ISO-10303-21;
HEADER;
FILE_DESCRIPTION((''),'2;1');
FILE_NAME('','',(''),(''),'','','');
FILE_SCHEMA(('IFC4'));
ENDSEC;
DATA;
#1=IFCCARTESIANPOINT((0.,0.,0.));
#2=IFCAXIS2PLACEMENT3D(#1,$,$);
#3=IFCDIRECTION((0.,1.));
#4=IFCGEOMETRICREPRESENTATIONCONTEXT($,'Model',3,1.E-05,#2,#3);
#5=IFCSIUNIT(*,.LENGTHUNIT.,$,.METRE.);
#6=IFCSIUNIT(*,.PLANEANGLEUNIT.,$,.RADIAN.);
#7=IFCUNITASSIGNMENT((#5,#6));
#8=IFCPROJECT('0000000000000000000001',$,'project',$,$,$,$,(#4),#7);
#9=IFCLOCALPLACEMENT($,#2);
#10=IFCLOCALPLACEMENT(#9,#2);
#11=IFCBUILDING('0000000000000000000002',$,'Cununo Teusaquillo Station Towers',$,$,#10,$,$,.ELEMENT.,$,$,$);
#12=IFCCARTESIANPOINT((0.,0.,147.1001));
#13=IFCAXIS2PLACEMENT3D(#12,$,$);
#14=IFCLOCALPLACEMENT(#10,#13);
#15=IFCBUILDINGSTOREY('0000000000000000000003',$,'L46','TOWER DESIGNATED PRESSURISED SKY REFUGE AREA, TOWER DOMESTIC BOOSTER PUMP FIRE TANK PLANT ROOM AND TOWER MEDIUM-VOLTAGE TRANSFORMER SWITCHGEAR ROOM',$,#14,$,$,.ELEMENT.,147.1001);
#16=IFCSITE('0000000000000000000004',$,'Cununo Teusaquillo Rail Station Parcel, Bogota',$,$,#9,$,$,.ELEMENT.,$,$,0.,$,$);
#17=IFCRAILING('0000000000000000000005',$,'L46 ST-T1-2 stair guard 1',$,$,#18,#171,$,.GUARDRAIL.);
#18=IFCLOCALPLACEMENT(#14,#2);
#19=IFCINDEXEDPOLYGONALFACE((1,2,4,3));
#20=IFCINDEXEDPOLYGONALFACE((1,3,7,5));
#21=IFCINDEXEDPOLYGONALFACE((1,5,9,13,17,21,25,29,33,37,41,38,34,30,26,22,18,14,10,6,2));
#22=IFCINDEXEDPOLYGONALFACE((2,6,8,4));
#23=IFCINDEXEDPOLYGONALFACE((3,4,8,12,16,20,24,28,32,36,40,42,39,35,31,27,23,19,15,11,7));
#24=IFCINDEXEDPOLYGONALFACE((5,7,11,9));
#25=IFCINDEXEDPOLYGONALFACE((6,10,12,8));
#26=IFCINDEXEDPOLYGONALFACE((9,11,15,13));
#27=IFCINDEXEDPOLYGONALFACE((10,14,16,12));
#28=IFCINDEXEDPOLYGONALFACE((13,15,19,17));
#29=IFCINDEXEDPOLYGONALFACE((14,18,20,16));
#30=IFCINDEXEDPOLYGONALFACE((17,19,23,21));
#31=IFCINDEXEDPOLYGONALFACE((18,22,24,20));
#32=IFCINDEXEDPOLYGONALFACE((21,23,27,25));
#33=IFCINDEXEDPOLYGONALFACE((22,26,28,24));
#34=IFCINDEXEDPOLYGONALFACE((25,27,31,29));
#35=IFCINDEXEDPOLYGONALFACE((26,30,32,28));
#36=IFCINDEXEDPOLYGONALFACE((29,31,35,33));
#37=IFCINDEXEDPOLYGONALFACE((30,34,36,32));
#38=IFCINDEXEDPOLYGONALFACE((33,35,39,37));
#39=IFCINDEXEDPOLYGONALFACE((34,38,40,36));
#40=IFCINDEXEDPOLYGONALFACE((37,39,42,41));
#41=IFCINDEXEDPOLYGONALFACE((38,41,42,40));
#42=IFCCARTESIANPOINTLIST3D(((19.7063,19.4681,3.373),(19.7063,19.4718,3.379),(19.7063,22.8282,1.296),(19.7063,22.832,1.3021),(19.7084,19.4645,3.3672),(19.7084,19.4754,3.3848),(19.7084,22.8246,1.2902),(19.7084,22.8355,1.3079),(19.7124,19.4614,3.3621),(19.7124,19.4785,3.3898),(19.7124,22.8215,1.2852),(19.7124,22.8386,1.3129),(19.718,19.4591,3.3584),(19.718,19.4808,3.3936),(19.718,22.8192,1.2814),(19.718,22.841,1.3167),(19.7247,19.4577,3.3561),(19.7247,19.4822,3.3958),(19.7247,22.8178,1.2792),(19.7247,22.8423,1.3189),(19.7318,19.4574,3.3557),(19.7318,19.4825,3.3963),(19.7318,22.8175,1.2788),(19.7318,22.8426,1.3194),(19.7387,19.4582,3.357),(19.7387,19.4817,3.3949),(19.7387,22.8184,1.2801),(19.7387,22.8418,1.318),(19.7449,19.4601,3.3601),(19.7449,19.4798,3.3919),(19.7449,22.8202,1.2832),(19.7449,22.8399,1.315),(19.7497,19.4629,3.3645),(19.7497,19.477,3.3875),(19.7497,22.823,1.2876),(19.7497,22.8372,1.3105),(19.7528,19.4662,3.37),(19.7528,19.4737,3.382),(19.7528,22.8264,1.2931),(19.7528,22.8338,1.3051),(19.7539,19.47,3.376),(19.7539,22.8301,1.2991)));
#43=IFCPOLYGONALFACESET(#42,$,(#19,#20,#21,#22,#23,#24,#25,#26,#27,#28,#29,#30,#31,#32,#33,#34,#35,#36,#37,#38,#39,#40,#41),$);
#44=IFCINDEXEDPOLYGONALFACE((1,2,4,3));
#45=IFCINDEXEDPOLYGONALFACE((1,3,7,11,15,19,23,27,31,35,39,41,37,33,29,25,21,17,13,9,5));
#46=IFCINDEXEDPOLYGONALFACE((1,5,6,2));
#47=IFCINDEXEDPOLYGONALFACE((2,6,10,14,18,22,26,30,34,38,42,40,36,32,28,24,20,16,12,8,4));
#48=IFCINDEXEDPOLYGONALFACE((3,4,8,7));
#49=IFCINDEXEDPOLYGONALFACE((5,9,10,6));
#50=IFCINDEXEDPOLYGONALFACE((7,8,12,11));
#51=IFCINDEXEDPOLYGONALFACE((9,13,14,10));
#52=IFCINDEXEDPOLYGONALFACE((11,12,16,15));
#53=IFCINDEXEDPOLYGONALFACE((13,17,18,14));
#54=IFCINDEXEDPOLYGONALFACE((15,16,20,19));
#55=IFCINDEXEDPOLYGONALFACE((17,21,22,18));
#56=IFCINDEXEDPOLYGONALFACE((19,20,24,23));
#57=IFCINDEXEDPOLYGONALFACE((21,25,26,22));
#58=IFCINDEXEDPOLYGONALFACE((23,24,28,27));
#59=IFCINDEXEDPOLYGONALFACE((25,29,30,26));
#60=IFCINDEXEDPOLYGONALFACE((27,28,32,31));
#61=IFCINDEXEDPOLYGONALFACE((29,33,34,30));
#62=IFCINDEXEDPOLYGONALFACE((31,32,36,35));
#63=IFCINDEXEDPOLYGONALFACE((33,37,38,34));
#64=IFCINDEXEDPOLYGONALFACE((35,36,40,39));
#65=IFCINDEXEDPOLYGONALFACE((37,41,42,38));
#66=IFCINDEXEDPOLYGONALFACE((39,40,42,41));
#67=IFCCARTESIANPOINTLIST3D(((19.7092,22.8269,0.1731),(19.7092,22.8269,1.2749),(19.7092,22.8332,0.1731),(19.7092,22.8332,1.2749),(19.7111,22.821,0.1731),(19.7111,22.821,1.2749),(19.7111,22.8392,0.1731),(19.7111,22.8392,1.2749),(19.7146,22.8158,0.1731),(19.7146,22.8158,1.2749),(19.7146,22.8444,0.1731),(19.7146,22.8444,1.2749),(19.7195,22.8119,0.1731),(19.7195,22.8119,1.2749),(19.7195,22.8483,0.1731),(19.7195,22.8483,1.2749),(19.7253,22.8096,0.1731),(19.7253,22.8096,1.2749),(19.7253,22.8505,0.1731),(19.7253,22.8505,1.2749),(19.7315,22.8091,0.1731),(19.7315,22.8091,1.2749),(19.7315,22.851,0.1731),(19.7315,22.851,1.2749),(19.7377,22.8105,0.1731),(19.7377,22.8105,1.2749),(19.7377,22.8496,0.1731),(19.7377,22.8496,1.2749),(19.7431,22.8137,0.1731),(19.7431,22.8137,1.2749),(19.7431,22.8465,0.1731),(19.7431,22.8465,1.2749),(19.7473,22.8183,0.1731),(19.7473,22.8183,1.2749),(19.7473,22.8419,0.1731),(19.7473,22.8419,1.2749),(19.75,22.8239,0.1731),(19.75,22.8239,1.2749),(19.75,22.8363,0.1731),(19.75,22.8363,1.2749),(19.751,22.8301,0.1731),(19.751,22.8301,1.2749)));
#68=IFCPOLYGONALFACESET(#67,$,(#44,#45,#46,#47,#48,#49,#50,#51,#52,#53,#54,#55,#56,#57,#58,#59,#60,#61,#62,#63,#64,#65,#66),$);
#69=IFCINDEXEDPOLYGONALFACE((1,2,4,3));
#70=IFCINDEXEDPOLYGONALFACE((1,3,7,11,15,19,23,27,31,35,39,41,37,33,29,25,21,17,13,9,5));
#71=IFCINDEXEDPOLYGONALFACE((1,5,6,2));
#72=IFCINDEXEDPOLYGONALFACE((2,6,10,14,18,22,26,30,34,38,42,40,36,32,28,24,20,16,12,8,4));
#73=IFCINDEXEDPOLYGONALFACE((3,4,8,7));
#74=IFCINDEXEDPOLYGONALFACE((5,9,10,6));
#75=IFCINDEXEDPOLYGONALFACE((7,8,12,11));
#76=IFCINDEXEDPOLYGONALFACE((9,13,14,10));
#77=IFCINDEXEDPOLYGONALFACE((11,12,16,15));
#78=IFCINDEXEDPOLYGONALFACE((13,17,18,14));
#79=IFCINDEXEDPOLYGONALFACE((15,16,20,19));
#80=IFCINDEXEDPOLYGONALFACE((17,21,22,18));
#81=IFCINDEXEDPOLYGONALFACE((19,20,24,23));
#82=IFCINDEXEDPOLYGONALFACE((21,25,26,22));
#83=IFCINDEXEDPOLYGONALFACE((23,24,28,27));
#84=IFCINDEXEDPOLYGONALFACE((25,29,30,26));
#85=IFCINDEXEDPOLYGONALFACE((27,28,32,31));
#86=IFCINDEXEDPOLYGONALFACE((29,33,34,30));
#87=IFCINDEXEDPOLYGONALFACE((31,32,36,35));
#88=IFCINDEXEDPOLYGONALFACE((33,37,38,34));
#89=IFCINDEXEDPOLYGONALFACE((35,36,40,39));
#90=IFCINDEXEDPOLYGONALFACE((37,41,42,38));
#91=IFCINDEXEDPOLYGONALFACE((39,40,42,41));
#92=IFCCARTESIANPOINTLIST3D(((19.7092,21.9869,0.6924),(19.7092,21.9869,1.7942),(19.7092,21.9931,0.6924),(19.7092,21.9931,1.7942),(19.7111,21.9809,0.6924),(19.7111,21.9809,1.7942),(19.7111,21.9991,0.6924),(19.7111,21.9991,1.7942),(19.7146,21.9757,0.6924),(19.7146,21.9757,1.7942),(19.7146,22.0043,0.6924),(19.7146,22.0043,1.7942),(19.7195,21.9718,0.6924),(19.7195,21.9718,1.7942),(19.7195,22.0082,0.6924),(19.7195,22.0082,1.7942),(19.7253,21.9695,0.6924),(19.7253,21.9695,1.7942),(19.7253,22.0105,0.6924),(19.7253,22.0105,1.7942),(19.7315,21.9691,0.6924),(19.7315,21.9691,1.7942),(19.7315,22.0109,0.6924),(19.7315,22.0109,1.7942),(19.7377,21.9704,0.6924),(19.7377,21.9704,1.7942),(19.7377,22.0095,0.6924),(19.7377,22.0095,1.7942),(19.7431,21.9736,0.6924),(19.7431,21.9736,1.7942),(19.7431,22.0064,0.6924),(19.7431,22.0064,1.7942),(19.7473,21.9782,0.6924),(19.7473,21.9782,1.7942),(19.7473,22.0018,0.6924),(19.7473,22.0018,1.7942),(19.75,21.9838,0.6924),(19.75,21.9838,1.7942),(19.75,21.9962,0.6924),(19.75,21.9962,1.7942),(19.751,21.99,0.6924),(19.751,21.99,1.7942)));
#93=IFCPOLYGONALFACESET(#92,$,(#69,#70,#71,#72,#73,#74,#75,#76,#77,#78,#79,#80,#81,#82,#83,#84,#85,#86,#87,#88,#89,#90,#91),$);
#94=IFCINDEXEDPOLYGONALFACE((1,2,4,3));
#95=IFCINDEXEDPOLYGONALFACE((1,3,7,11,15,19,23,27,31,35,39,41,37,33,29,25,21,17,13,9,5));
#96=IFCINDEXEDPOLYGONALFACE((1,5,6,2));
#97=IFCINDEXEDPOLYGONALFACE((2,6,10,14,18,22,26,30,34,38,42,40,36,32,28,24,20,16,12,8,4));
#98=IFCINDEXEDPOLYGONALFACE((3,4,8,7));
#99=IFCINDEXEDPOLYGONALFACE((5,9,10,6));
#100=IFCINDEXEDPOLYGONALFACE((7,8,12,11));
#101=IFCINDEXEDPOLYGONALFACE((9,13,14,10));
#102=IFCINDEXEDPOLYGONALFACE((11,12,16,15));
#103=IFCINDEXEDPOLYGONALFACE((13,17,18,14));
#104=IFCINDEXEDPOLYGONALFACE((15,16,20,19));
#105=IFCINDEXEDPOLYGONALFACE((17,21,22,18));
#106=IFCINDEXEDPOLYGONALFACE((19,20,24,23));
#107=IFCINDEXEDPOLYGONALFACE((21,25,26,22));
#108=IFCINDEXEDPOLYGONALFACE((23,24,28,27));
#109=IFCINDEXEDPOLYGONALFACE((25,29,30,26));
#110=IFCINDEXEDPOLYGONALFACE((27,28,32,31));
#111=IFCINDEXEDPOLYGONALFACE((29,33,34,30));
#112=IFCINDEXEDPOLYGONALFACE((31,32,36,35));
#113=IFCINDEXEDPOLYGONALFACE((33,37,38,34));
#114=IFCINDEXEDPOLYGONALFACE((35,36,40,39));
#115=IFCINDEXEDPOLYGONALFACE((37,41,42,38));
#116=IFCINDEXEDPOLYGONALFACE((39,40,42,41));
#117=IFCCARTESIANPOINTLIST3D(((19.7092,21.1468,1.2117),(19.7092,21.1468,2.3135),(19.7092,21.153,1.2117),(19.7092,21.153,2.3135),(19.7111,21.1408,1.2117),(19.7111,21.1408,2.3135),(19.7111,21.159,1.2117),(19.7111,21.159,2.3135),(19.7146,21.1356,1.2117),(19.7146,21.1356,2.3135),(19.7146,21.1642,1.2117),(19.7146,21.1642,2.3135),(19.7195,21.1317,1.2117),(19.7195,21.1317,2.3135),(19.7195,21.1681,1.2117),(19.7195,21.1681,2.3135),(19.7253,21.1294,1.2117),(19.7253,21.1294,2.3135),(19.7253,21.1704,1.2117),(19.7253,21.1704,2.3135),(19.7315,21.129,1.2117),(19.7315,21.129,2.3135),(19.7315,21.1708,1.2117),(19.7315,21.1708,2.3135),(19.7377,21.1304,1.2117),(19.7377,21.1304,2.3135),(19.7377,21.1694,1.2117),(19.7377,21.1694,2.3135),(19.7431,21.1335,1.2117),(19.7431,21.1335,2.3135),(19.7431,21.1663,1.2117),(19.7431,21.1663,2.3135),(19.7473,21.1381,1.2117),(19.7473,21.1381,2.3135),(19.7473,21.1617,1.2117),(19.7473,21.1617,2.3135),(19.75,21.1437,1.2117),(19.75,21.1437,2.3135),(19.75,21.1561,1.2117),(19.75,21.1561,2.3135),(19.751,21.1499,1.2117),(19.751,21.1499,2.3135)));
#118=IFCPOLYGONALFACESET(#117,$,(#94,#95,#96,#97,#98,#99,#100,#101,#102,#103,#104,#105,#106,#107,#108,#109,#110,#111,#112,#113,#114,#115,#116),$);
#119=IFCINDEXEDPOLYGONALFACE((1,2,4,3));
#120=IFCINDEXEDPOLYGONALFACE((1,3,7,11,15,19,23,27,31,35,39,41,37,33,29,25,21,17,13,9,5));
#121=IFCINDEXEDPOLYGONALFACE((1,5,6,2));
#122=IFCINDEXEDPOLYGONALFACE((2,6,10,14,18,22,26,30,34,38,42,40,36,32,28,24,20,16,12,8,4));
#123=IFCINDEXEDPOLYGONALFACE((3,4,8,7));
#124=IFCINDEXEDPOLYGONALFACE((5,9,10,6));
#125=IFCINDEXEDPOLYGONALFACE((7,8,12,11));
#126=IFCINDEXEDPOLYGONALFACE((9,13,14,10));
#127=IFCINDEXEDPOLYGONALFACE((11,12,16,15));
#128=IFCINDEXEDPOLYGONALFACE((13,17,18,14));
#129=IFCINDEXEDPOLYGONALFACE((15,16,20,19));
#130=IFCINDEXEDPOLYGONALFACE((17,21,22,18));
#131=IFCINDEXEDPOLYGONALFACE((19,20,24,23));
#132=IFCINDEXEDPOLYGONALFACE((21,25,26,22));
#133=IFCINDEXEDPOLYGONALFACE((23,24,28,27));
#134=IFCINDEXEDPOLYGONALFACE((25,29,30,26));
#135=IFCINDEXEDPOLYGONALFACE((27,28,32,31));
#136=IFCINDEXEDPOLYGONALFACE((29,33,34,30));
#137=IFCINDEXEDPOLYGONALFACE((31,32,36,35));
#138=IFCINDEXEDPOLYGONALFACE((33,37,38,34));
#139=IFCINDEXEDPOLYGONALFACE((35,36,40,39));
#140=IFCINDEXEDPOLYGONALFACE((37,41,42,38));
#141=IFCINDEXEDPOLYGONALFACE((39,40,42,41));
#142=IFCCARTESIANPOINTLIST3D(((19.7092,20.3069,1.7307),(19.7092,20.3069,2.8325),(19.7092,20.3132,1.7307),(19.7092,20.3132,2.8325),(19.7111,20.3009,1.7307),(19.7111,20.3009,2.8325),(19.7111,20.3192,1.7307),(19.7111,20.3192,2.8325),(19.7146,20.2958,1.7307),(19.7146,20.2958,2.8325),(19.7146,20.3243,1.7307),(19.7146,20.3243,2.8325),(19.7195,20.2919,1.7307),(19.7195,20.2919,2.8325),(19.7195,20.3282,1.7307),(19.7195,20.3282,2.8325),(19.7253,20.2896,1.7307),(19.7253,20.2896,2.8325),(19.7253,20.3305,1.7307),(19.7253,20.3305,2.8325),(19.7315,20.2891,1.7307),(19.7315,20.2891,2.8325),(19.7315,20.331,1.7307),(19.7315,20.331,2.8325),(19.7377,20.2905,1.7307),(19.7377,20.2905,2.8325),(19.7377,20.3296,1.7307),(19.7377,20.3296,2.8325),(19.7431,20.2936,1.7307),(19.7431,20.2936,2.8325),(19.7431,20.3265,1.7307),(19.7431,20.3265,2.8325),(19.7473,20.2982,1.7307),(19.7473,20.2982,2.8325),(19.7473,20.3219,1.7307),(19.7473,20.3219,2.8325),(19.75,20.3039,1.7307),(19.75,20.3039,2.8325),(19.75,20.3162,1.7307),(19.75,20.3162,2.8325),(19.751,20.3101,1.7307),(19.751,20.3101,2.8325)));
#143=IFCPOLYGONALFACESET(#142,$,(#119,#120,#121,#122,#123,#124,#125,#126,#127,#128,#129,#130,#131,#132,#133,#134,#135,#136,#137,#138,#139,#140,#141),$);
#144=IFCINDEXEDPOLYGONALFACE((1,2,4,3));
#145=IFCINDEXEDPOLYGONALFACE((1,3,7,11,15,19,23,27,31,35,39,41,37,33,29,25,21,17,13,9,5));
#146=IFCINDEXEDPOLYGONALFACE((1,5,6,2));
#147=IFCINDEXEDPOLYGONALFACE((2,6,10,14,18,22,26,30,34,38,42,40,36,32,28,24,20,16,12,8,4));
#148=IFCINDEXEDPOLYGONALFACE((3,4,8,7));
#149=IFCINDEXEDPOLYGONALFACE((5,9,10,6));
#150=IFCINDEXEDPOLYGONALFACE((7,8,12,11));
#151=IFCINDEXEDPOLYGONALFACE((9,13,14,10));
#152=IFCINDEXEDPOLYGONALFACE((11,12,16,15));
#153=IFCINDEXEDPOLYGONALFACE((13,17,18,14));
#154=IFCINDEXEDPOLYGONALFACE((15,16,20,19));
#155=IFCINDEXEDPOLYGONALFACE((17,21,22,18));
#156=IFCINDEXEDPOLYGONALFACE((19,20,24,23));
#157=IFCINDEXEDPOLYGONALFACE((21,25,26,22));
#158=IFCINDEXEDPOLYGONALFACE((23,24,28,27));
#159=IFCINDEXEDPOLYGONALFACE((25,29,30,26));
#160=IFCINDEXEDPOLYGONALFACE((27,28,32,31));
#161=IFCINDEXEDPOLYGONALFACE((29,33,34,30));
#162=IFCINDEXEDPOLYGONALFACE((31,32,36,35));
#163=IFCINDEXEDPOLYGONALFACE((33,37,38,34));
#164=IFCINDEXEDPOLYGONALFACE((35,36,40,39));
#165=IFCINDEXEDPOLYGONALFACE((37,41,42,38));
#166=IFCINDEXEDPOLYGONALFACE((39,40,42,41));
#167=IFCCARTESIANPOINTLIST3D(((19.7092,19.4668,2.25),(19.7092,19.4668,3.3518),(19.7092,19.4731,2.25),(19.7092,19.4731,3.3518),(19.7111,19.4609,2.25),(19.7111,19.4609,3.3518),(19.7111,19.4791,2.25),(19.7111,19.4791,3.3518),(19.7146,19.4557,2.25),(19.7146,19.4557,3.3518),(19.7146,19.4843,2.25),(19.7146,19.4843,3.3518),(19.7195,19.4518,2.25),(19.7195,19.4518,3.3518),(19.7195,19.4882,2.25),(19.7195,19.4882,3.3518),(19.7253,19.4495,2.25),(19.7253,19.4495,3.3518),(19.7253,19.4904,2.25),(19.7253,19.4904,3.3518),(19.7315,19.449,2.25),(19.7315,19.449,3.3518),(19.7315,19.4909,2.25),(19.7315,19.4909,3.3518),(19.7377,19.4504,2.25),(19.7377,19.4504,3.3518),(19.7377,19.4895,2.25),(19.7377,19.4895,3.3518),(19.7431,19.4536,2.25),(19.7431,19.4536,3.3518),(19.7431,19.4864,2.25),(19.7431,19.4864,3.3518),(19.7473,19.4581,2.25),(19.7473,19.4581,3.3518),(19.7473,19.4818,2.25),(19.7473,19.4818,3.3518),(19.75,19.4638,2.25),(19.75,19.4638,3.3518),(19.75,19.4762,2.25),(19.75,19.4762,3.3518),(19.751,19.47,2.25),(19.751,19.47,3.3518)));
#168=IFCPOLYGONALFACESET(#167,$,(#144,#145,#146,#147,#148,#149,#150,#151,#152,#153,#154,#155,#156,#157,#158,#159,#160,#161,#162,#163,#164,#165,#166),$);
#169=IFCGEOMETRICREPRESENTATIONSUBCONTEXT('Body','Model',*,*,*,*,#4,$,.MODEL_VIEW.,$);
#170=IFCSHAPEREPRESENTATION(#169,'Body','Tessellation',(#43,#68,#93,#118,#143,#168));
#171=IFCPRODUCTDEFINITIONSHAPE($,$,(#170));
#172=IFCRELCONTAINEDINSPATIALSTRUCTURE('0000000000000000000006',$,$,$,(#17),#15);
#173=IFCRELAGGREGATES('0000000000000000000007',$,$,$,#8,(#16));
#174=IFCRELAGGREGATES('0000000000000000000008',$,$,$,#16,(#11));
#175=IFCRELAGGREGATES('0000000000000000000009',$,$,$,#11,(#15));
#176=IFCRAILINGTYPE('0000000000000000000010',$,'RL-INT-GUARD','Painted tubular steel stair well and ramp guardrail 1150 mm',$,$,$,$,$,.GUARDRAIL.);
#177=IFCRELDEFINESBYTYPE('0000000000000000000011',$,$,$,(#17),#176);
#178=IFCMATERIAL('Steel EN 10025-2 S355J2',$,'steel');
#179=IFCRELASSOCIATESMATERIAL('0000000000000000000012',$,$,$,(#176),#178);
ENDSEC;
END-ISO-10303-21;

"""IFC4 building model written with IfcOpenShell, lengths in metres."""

from ifc_helpers import new_model, si_unit, direction, frame, origin, origin_2d, place, context, subcontext, project, spatial, circle, extrude, material, type_object, element, save


model = new_model("IFC4")

# Units and contexts
model_context = context("Model", 3, precision=1e-05, world=origin(), true_north=direction((0.0, 1.0)))
body_context = subcontext(model_context, "Body", "Model", "MODEL_VIEW")
ifc_project = project(units=[si_unit("LENGTHUNIT", "METRE"), si_unit("PLANEANGLEUNIT", "RADIAN")], contexts=[model_context])

# Site, building, storey
site_placement = place(None, origin())
site = spatial("IfcSite", under=ifc_project, at=site_placement, Name="Cununo Teusaquillo Rail Station Parcel, Bogota", CompositionType="ELEMENT", RefElevation=0.0)
building_placement = place(site_placement, origin())
building = spatial("IfcBuilding", under=site, at=building_placement, Name="Cununo Teusaquillo Station Towers", CompositionType="ELEMENT")
storey_placement = place(building_placement, frame((0.0, 0.0, 147.1001)))
storey = spatial("IfcBuildingStorey", under=building, at=storey_placement, Name="L46", Description="TOWER DESIGNATED PRESSURISED SKY REFUGE AREA, TOWER DOMESTIC BOOSTER PUMP FIRE TANK PLANT ROOM AND TOWER MEDIUM-VOLTAGE TRANSFORMER SWITCHGEAR ROOM", CompositionType="ELEMENT", Elevation=147.1001)

# Railing
ifc_material_1 = material(Name="Steel EN 10025-2 S355J2", Category="steel")
railing_type_1 = type_object("IfcRailingType", Name="RL-INT-GUARD", Description="Painted tubular steel stair well and ramp guardrail 1150 mm", PredefinedType="GUARDRAIL", material=ifc_material_1)
railing_1_placement = place(storey_placement, frame((19.73, 22.8301, 0.1731)))
element("IfcRailing", 1, at=railing_1_placement, inside=storey, type_object=railing_type_1, Name="L46 ST-T1-2 stair guard 1", PredefinedType="GUARDRAIL", context=body_context, shape_type="SweptSolid", body=[
    extrude(circle(Radius=0.0239, at=origin_2d()), frame((0.0, 0.0, 1.126), z_axis=(0.0, -0.850623, 0.525776), x_axis=(1.0, 0.0, 0.0)), (0.0, 0.0, 1.0), 3.9502),
    extrude(circle(Radius=0.021, at=origin_2d()), origin(), (0.0, 0.0, 1.0), 1.1018),
    extrude(circle(Radius=0.021, at=origin_2d()), frame((0.0, -0.8401, 0.5193)), (0.0, 0.0, 1.0), 1.1018),
    extrude(circle(Radius=0.021, at=origin_2d()), frame((0.0, -1.6802, 1.0386)), (0.0, 0.0, 1.0), 1.1018),
    extrude(circle(Radius=0.021, at=origin_2d()), frame((0.0, -2.52, 1.5576)), (0.0, 0.0, 1.0), 1.1018),
    extrude(circle(Radius=0.021, at=origin_2d()), frame((0.0, -3.3601, 2.0769)), (0.0, 0.0, 1.0), 1.1018),
])

save(model, "model.ifc")
